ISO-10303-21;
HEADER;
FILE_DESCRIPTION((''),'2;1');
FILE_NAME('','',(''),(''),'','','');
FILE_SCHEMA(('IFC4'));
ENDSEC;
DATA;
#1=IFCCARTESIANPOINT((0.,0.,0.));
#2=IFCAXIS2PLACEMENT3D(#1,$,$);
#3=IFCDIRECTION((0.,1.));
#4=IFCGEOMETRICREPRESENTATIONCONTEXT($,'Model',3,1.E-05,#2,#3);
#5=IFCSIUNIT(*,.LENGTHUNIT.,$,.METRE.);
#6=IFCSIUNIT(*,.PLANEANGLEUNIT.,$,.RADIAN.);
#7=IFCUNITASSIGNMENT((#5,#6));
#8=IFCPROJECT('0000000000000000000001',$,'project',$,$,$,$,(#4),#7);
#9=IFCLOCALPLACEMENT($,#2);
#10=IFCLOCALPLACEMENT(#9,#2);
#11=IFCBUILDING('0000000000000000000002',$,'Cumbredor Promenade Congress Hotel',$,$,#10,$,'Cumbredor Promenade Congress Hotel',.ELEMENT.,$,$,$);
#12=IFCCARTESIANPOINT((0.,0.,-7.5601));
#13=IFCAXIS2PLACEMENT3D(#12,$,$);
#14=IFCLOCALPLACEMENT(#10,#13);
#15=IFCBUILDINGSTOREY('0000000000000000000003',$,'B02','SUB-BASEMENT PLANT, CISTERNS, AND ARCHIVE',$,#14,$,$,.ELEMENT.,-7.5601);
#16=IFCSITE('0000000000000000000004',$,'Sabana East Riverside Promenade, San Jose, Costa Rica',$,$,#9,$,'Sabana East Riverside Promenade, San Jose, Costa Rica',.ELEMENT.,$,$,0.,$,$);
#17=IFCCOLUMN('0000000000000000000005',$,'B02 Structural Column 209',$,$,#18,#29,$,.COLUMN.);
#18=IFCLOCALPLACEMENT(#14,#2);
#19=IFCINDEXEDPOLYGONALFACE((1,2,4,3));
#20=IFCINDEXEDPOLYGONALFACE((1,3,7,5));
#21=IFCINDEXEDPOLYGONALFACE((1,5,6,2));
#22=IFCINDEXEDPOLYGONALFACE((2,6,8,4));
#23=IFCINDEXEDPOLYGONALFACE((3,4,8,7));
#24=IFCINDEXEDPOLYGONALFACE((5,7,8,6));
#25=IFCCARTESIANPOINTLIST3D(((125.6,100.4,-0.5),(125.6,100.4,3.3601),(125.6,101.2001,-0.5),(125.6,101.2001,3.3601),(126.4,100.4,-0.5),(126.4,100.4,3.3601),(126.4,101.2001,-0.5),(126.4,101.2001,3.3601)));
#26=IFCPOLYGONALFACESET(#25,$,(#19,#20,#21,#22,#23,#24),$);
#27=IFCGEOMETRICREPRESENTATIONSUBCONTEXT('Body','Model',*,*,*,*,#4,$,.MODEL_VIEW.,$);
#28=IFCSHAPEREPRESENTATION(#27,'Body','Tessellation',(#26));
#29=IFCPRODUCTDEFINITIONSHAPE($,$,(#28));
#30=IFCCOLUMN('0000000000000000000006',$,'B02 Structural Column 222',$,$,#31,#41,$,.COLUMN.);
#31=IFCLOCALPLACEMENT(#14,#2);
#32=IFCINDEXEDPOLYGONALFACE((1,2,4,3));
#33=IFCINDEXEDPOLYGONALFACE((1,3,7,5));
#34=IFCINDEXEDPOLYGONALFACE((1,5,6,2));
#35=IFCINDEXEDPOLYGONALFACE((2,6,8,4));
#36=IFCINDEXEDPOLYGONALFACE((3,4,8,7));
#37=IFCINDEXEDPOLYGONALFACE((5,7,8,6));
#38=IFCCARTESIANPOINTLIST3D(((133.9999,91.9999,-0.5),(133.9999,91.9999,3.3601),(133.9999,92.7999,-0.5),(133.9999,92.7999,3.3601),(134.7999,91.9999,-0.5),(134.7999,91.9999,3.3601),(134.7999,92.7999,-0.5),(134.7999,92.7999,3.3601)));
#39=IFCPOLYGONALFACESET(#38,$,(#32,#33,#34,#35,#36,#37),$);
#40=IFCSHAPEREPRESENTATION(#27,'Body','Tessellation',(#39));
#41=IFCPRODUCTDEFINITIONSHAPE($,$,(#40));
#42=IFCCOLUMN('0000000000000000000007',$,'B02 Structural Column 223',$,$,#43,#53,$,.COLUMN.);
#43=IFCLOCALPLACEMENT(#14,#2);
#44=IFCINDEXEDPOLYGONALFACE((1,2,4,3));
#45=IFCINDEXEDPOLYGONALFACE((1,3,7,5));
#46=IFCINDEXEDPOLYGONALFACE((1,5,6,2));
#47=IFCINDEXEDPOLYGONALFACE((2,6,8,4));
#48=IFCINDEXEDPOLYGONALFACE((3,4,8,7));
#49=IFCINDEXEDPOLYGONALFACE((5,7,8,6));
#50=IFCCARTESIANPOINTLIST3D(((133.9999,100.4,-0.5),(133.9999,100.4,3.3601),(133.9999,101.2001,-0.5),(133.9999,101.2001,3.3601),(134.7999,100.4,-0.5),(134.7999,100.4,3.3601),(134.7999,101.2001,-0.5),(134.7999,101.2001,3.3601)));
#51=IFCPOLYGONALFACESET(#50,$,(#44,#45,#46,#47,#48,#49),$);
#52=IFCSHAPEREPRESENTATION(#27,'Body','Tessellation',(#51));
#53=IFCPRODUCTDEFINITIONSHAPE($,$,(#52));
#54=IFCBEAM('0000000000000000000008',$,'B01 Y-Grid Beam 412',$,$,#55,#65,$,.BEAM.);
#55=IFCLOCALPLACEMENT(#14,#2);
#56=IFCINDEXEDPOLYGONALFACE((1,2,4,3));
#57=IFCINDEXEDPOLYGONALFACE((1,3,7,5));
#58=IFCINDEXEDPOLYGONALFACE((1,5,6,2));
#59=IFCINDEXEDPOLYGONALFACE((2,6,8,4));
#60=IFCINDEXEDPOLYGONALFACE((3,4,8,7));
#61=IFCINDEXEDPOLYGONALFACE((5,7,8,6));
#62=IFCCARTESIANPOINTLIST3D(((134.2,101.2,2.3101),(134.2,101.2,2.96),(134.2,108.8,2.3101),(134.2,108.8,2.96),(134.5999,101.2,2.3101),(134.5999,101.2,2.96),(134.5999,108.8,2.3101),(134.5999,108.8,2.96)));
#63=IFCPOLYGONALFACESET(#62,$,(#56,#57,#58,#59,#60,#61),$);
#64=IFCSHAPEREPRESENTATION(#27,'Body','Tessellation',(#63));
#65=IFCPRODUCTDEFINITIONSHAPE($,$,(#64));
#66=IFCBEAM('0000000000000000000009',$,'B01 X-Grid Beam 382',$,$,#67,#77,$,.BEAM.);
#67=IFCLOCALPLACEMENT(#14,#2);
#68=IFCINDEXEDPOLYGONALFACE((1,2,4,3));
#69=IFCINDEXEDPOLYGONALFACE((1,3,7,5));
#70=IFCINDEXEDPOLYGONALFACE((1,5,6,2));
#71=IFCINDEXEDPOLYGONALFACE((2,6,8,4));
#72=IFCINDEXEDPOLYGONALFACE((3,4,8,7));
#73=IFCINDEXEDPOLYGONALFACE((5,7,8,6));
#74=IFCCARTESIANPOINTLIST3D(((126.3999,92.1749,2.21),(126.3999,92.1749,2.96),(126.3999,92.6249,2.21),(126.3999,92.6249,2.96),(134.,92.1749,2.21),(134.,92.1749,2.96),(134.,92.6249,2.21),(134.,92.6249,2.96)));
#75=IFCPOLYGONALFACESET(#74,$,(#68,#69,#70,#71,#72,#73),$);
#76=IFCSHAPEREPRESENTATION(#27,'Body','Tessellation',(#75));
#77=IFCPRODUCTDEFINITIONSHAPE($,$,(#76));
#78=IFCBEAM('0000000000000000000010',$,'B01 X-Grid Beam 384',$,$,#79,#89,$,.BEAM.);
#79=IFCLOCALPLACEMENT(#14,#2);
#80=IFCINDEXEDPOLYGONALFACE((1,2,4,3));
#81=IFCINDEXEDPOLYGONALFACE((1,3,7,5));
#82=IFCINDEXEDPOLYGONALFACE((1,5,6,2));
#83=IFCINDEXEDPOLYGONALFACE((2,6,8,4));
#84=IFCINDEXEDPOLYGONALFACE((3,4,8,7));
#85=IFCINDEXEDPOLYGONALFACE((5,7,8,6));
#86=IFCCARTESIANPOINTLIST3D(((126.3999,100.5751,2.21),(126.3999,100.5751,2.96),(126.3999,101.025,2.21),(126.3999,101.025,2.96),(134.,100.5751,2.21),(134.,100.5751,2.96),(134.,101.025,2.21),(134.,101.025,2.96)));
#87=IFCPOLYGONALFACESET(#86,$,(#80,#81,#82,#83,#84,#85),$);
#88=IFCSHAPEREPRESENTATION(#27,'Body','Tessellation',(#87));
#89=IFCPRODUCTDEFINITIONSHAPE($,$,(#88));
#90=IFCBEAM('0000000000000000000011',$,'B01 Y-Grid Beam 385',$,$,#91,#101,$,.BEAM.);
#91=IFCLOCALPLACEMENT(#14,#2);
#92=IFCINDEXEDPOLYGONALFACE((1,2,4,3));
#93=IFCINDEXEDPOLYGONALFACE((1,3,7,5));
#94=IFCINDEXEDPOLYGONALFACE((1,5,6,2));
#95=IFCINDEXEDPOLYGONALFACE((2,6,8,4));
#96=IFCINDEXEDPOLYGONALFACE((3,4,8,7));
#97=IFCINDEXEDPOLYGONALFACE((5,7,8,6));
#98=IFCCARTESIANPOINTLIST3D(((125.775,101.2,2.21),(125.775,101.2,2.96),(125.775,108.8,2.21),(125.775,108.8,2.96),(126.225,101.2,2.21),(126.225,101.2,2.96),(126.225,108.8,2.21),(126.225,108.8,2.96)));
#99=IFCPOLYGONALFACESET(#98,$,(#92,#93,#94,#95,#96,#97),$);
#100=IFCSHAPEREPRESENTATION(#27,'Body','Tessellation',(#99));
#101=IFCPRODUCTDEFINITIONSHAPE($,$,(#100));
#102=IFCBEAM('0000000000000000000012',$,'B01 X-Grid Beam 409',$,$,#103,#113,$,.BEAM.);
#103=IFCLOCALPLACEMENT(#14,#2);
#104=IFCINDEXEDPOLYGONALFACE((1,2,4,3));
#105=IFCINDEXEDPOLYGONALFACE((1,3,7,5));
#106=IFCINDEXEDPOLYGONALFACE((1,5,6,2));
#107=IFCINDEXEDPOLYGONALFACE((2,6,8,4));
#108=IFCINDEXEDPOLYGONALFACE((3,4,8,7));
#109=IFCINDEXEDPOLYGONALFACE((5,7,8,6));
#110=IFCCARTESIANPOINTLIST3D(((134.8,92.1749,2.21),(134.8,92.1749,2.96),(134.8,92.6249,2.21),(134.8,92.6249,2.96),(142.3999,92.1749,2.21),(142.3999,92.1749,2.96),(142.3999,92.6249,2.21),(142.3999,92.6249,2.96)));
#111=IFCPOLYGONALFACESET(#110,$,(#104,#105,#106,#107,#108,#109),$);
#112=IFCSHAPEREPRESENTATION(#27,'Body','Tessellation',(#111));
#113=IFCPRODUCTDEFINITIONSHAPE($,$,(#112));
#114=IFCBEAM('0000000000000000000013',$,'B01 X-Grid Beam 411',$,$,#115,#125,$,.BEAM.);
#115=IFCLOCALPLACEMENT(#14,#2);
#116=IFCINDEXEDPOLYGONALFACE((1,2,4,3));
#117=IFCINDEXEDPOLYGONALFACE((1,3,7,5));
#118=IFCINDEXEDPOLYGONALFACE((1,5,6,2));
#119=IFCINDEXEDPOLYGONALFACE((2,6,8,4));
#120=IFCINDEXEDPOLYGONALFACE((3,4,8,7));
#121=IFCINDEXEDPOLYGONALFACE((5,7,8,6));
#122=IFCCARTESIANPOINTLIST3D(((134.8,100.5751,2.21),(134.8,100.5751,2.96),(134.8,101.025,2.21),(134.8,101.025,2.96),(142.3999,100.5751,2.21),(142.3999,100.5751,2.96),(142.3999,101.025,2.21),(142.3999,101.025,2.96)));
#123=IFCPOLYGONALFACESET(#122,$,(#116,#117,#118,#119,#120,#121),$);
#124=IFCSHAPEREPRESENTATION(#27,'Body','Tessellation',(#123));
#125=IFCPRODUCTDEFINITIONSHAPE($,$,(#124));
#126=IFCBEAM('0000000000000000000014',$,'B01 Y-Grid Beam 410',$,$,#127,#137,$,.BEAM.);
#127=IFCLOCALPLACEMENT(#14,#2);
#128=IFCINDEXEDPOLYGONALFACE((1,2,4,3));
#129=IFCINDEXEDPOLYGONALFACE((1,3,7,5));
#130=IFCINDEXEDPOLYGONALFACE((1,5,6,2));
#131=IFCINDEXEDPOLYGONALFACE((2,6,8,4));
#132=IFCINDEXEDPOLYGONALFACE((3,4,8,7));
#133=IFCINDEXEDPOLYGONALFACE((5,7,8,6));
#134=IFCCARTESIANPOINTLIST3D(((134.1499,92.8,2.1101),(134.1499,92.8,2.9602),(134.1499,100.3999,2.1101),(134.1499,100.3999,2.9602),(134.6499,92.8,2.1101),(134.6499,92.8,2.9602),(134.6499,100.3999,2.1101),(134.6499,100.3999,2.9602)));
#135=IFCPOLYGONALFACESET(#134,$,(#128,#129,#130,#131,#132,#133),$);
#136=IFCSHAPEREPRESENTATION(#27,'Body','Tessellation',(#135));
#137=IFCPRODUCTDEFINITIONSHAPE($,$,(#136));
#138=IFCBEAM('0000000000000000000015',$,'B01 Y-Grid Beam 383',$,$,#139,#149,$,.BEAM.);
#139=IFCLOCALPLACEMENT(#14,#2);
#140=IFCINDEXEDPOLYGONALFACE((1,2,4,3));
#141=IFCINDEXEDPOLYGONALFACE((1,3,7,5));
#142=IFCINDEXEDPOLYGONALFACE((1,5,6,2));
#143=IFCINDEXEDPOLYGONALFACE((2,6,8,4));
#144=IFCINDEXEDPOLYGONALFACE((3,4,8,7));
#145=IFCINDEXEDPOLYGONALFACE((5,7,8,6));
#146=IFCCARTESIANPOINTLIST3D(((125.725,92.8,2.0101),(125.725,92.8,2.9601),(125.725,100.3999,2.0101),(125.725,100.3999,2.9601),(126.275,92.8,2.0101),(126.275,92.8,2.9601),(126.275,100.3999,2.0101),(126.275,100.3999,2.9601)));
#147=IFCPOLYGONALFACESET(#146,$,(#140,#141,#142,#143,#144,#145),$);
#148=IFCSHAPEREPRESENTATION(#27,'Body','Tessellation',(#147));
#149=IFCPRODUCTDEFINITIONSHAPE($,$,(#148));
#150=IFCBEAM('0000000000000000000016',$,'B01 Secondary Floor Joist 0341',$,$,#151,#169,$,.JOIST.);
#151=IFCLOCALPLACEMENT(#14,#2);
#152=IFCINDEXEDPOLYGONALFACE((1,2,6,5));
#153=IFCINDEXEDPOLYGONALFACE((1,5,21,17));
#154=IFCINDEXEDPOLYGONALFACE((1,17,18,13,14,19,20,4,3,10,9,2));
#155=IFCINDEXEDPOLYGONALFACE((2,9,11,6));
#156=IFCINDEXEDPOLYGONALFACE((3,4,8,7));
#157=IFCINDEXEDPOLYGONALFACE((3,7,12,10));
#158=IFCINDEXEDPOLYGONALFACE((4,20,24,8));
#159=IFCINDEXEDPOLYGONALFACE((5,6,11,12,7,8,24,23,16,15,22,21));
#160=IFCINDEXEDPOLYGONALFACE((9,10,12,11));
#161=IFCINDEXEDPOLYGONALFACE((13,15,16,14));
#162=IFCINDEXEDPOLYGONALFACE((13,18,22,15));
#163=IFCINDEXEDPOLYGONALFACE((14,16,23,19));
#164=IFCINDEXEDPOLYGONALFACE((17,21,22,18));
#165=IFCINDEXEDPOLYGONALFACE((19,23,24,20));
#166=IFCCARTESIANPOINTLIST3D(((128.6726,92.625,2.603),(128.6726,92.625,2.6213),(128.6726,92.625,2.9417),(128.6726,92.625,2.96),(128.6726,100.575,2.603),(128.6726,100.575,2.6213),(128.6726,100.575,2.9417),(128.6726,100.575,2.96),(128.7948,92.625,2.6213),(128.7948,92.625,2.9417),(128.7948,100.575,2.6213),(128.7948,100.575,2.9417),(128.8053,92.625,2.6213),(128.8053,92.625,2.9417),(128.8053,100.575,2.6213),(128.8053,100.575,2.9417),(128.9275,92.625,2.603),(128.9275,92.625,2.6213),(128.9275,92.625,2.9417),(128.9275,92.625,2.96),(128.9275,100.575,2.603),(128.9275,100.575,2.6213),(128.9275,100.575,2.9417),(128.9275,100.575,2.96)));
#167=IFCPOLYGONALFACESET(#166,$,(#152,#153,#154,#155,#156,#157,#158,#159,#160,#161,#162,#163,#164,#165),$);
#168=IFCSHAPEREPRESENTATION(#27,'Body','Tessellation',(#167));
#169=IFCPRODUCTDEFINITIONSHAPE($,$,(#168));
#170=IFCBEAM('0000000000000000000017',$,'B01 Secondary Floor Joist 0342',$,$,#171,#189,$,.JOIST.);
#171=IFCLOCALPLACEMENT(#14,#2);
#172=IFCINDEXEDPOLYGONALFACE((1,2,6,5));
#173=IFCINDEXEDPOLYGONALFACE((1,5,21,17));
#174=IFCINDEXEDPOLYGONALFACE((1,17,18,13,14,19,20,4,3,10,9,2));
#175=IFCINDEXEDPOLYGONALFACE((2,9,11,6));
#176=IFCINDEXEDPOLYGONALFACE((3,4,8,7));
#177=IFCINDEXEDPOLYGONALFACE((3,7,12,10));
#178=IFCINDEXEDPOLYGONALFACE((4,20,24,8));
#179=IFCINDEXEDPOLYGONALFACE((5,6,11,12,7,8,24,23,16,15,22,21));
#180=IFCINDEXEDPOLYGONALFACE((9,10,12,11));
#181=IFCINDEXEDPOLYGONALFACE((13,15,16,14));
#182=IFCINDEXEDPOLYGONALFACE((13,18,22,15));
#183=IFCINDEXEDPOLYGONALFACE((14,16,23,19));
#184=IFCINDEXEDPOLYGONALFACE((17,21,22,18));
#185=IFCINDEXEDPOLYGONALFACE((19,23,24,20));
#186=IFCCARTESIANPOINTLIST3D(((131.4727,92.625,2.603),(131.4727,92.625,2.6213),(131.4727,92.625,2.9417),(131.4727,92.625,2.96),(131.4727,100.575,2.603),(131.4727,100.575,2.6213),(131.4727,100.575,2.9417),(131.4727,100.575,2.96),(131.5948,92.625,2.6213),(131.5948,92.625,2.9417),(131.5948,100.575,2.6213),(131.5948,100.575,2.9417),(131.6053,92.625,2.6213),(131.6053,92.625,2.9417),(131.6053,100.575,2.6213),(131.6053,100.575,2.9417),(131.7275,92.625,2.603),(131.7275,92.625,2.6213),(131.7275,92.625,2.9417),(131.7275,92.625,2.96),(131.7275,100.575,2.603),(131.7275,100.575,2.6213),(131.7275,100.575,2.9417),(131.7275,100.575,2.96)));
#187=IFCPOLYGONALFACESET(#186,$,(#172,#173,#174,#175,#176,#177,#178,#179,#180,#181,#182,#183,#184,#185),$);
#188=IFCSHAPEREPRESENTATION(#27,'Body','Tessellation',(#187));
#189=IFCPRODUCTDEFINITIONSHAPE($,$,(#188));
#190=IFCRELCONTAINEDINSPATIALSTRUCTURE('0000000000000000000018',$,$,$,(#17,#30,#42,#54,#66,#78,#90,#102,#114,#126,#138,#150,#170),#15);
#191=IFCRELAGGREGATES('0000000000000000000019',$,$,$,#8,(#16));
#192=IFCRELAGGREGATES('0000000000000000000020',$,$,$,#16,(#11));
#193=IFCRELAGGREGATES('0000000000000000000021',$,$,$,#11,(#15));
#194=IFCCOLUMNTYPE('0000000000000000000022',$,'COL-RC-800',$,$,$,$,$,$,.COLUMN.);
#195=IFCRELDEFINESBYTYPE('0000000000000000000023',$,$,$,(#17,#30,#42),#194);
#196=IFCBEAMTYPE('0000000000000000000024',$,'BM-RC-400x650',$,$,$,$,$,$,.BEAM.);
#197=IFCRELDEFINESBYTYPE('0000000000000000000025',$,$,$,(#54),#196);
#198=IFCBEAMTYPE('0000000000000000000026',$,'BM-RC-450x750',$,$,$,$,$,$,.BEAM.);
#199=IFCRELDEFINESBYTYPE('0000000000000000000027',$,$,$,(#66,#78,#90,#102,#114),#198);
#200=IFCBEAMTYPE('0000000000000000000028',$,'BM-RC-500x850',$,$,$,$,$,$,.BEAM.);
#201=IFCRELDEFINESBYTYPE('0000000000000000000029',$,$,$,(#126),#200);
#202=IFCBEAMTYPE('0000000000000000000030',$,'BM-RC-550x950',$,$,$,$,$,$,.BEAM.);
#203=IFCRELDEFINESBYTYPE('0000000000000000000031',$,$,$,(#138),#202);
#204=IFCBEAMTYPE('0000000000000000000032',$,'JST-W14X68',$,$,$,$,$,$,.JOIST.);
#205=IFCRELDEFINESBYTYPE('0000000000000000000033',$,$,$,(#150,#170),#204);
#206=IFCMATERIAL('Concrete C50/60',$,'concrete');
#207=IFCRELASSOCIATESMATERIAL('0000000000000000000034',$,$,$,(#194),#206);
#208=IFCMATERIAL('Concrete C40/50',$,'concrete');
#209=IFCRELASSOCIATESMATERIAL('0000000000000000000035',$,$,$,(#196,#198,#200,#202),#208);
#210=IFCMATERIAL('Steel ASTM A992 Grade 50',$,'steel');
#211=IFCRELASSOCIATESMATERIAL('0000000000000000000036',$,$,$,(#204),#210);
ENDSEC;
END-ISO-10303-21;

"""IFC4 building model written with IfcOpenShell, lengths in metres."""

from ifc_helpers import new_model, si_unit, direction, frame, origin, origin_2d, place, context, subcontext, project, spatial, rectangle, i_section, extrude, material, material_profile, profile_set, type_object, element, save


model = new_model("IFC4")

# Units and contexts
model_context = context("Model", 3, precision=1e-05, world=origin(), true_north=direction((0.0, 1.0)))
body_context = subcontext(model_context, "Body", "Model", "MODEL_VIEW")
ifc_project = project(units=[si_unit("LENGTHUNIT", "METRE"), si_unit("PLANEANGLEUNIT", "RADIAN")], contexts=[model_context])

# Site, building, storey
site_placement = place(None, origin())
site = spatial("IfcSite", under=ifc_project, at=site_placement, Name="Sabana East Riverside Promenade, San Jose, Costa Rica", LongName="Sabana East Riverside Promenade, San Jose, Costa Rica", CompositionType="ELEMENT", RefElevation=0.0)
building_placement = place(site_placement, origin())
building = spatial("IfcBuilding", under=site, at=building_placement, Name="Cumbredor Promenade Congress Hotel", LongName="Cumbredor Promenade Congress Hotel", CompositionType="ELEMENT")
storey_placement = place(building_placement, frame((0.0, 0.0, -7.5601)))
storey = spatial("IfcBuildingStorey", under=building, at=storey_placement, Name="B02", Description="SUB-BASEMENT PLANT, CISTERNS, AND ARCHIVE", CompositionType="ELEMENT", Elevation=-7.5601)

# Shared definitions
ifc_material_1 = material(Name="Concrete C40/50", Category="concrete")

# Columns
ifc_material_2 = material(Name="Concrete C50/60", Category="concrete")
ifc_material_profile_1 = material_profile(ifc_material_2, rectangle(XDim=0.8, YDim=0.8, at=origin_2d()), Name="RC 800x800")
ifc_profile_set_1 = profile_set([ifc_material_profile_1], Name="Concrete C50/60")
column_type = type_object("IfcColumnType", Name="COL-RC-800", PredefinedType="COLUMN", material=ifc_profile_set_1)
for number, where, z_axis, x_axis, name in (
    (1, (126.0, 100.8, -0.5), (0.0, 0.0, 1.0), (1.0, 0.0, 0.0), "B02 Structural Column 209"),
    (2, (134.3999, 92.3999, -0.5), (0.0, 0.0, 1.0), (1.0, 0.0, 0.0), "B02 Structural Column 222"),
    (3, (134.3999, 100.8, -0.5), (0.0, 0.0, 1.0), (1.0, 0.0, 0.0), "B02 Structural Column 223"),
):
    element("IfcColumn", number, at=place(storey_placement, frame(where, z_axis=z_axis, x_axis=x_axis)), inside=storey, type_object=column_type, Name=name, PredefinedType="COLUMN", context=body_context, shape_type="SweptSolid", body=[
        extrude(rectangle(XDim=0.8, YDim=0.8, at=origin_2d()), origin(), (0.0, 0.0, 1.0), 3.8601),
    ])

# Beams
ifc_material_profile_2 = material_profile(ifc_material_1, rectangle(XDim=0.3999, YDim=0.6499, at=origin_2d()), Name="RC BEAM 400x650")
ifc_profile_set_2 = profile_set([ifc_material_profile_2], Name="Concrete C40/50")
beam_type_1 = type_object("IfcBeamType", Name="BM-RC-400x650", PredefinedType="BEAM", material=ifc_profile_set_2)
beam_1_placement = place(storey_placement, frame((134.3999, 101.2, 2.635), z_axis=(0.0, 1.0, 0.0), x_axis=(-1.0, 0.0, 0.0)))
element("IfcBeam", 4, at=beam_1_placement, inside=storey, type_object=beam_type_1, Name="B01 Y-Grid Beam 412", PredefinedType="BEAM", context=body_context, shape_type="SweptSolid", body=[
    extrude(rectangle(XDim=0.3999, YDim=0.6499, at=origin_2d()), origin(), (0.0, 0.0, 1.0), 7.6001),
])
ifc_material_profile_3 = material_profile(ifc_material_1, rectangle(XDim=0.45, YDim=0.75, at=origin_2d()), Name="RC BEAM 450x750")
ifc_profile_set_3 = profile_set([ifc_material_profile_3], Name="Concrete C40/50")
beam_type_2 = type_object("IfcBeamType", Name="BM-RC-450x750", PredefinedType="BEAM", material=ifc_profile_set_3)
for number, where, z_axis, x_axis, name in (
    (5, (126.3999, 92.3999, 2.585), (1.0, 0.0, 0.0), (0.0, 1.0, 0.0), "B01 X-Grid Beam 382"),
    (6, (126.3999, 100.8, 2.585), (1.0, 0.0, 0.0), (0.0, 1.0, 0.0), "B01 X-Grid Beam 384"),
    (7, (126.0, 101.2, 2.585), (0.0, 1.0, 0.0), (-1.0, 0.0, 0.0), "B01 Y-Grid Beam 385"),
):
    element("IfcBeam", number, at=place(storey_placement, frame(where, z_axis=z_axis, x_axis=x_axis)), inside=storey, type_object=beam_type_2, Name=name, PredefinedType="BEAM", context=body_context, shape_type="SweptSolid", body=[
        extrude(rectangle(XDim=0.45, YDim=0.75, at=origin_2d()), origin(), (0.0, 0.0, 1.0), 7.6001),
    ])
for number, where, z_axis, x_axis, name in (
    (8, (134.8, 92.3999, 2.585), (1.0, 0.0, 0.0), (0.0, 1.0, 0.0), "B01 X-Grid Beam 409"),
    (9, (134.8, 100.8, 2.585), (1.0, 0.0, 0.0), (0.0, 1.0, 0.0), "B01 X-Grid Beam 411"),
):
    element("IfcBeam", number, at=place(storey_placement, frame(where, z_axis=z_axis, x_axis=x_axis)), inside=storey, type_object=beam_type_2, Name=name, PredefinedType="BEAM", context=body_context, shape_type="SweptSolid", body=[
        extrude(rectangle(XDim=0.45, YDim=0.75, at=origin_2d()), origin(), (0.0, 0.0, 1.0), 7.5999),
    ])
ifc_material_profile_4 = material_profile(ifc_material_1, rectangle(XDim=0.5, YDim=0.8501, at=origin_2d()), Name="RC BEAM 500x850")
ifc_profile_set_4 = profile_set([ifc_material_profile_4], Name="Concrete C40/50")
beam_type_3 = type_object("IfcBeamType", Name="BM-RC-500x850", PredefinedType="BEAM", material=ifc_profile_set_4)
beam_2_placement = place(storey_placement, frame((134.3999, 92.8, 2.5352), z_axis=(0.0, 1.0, 0.0), x_axis=(-1.0, 0.0, 0.0)))
element("IfcBeam", 10, at=beam_2_placement, inside=storey, type_object=beam_type_3, Name="B01 Y-Grid Beam 410", PredefinedType="BEAM", context=body_context, shape_type="SweptSolid", body=[
    extrude(rectangle(XDim=0.5, YDim=0.8501, at=origin_2d()), origin(), (0.0, 0.0, 1.0), 7.5999),
])
ifc_material_profile_5 = material_profile(ifc_material_1, rectangle(XDim=0.55, YDim=0.95, at=origin_2d()), Name="RC BEAM 550x950")
ifc_profile_set_5 = profile_set([ifc_material_profile_5], Name="Concrete C40/50")
beam_type_4 = type_object("IfcBeamType", Name="BM-RC-550x950", PredefinedType="BEAM", material=ifc_profile_set_5)
beam_3_placement = place(storey_placement, frame((126.0, 92.8, 2.4851), z_axis=(0.0, 1.0, 0.0), x_axis=(-1.0, 0.0, 0.0)))
element("IfcBeam", 11, at=beam_3_placement, inside=storey, type_object=beam_type_4, Name="B01 Y-Grid Beam 383", PredefinedType="BEAM", context=body_context, shape_type="SweptSolid", body=[
    extrude(rectangle(XDim=0.55, YDim=0.95, at=origin_2d()), origin(), (0.0, 0.0, 1.0), 7.5999),
])
ifc_material_3 = material(Name="Steel ASTM A992 Grade 50", Category="steel")
ifc_material_profile_6 = material_profile(ifc_material_3, i_section(OverallWidth=0.2549, OverallDepth=0.3569, WebThickness=0.0105, FlangeThickness=0.0183, at=origin_2d()), Name="W14X68")
ifc_profile_set_6 = profile_set([ifc_material_profile_6], Name="Steel ASTM A992 Grade 50")
beam_type_5 = type_object("IfcBeamType", Name="JST-W14X68", PredefinedType="JOIST", material=ifc_profile_set_6)
for number, where, z_axis, x_axis, name in (
    (12, (128.8, 92.625, 2.7815), (0.0, 1.0, 0.0), (-1.0, 0.0, 0.0), "B01 Secondary Floor Joist 0341"),
    (13, (131.6001, 92.625, 2.7815), (0.0, 1.0, 0.0), (-1.0, 0.0, 0.0), "B01 Secondary Floor Joist 0342"),
):
    element("IfcBeam", number, at=place(storey_placement, frame(where, z_axis=z_axis, x_axis=x_axis)), inside=storey, type_object=beam_type_5, Name=name, PredefinedType="JOIST", context=body_context, shape_type="SweptSolid", body=[
        extrude(i_section(OverallWidth=0.2549, OverallDepth=0.3569, WebThickness=0.0105, FlangeThickness=0.0183, at=origin_2d()), origin(), (0.0, 0.0, 1.0), 7.95),
    ])

save(model, "model.ifc")
